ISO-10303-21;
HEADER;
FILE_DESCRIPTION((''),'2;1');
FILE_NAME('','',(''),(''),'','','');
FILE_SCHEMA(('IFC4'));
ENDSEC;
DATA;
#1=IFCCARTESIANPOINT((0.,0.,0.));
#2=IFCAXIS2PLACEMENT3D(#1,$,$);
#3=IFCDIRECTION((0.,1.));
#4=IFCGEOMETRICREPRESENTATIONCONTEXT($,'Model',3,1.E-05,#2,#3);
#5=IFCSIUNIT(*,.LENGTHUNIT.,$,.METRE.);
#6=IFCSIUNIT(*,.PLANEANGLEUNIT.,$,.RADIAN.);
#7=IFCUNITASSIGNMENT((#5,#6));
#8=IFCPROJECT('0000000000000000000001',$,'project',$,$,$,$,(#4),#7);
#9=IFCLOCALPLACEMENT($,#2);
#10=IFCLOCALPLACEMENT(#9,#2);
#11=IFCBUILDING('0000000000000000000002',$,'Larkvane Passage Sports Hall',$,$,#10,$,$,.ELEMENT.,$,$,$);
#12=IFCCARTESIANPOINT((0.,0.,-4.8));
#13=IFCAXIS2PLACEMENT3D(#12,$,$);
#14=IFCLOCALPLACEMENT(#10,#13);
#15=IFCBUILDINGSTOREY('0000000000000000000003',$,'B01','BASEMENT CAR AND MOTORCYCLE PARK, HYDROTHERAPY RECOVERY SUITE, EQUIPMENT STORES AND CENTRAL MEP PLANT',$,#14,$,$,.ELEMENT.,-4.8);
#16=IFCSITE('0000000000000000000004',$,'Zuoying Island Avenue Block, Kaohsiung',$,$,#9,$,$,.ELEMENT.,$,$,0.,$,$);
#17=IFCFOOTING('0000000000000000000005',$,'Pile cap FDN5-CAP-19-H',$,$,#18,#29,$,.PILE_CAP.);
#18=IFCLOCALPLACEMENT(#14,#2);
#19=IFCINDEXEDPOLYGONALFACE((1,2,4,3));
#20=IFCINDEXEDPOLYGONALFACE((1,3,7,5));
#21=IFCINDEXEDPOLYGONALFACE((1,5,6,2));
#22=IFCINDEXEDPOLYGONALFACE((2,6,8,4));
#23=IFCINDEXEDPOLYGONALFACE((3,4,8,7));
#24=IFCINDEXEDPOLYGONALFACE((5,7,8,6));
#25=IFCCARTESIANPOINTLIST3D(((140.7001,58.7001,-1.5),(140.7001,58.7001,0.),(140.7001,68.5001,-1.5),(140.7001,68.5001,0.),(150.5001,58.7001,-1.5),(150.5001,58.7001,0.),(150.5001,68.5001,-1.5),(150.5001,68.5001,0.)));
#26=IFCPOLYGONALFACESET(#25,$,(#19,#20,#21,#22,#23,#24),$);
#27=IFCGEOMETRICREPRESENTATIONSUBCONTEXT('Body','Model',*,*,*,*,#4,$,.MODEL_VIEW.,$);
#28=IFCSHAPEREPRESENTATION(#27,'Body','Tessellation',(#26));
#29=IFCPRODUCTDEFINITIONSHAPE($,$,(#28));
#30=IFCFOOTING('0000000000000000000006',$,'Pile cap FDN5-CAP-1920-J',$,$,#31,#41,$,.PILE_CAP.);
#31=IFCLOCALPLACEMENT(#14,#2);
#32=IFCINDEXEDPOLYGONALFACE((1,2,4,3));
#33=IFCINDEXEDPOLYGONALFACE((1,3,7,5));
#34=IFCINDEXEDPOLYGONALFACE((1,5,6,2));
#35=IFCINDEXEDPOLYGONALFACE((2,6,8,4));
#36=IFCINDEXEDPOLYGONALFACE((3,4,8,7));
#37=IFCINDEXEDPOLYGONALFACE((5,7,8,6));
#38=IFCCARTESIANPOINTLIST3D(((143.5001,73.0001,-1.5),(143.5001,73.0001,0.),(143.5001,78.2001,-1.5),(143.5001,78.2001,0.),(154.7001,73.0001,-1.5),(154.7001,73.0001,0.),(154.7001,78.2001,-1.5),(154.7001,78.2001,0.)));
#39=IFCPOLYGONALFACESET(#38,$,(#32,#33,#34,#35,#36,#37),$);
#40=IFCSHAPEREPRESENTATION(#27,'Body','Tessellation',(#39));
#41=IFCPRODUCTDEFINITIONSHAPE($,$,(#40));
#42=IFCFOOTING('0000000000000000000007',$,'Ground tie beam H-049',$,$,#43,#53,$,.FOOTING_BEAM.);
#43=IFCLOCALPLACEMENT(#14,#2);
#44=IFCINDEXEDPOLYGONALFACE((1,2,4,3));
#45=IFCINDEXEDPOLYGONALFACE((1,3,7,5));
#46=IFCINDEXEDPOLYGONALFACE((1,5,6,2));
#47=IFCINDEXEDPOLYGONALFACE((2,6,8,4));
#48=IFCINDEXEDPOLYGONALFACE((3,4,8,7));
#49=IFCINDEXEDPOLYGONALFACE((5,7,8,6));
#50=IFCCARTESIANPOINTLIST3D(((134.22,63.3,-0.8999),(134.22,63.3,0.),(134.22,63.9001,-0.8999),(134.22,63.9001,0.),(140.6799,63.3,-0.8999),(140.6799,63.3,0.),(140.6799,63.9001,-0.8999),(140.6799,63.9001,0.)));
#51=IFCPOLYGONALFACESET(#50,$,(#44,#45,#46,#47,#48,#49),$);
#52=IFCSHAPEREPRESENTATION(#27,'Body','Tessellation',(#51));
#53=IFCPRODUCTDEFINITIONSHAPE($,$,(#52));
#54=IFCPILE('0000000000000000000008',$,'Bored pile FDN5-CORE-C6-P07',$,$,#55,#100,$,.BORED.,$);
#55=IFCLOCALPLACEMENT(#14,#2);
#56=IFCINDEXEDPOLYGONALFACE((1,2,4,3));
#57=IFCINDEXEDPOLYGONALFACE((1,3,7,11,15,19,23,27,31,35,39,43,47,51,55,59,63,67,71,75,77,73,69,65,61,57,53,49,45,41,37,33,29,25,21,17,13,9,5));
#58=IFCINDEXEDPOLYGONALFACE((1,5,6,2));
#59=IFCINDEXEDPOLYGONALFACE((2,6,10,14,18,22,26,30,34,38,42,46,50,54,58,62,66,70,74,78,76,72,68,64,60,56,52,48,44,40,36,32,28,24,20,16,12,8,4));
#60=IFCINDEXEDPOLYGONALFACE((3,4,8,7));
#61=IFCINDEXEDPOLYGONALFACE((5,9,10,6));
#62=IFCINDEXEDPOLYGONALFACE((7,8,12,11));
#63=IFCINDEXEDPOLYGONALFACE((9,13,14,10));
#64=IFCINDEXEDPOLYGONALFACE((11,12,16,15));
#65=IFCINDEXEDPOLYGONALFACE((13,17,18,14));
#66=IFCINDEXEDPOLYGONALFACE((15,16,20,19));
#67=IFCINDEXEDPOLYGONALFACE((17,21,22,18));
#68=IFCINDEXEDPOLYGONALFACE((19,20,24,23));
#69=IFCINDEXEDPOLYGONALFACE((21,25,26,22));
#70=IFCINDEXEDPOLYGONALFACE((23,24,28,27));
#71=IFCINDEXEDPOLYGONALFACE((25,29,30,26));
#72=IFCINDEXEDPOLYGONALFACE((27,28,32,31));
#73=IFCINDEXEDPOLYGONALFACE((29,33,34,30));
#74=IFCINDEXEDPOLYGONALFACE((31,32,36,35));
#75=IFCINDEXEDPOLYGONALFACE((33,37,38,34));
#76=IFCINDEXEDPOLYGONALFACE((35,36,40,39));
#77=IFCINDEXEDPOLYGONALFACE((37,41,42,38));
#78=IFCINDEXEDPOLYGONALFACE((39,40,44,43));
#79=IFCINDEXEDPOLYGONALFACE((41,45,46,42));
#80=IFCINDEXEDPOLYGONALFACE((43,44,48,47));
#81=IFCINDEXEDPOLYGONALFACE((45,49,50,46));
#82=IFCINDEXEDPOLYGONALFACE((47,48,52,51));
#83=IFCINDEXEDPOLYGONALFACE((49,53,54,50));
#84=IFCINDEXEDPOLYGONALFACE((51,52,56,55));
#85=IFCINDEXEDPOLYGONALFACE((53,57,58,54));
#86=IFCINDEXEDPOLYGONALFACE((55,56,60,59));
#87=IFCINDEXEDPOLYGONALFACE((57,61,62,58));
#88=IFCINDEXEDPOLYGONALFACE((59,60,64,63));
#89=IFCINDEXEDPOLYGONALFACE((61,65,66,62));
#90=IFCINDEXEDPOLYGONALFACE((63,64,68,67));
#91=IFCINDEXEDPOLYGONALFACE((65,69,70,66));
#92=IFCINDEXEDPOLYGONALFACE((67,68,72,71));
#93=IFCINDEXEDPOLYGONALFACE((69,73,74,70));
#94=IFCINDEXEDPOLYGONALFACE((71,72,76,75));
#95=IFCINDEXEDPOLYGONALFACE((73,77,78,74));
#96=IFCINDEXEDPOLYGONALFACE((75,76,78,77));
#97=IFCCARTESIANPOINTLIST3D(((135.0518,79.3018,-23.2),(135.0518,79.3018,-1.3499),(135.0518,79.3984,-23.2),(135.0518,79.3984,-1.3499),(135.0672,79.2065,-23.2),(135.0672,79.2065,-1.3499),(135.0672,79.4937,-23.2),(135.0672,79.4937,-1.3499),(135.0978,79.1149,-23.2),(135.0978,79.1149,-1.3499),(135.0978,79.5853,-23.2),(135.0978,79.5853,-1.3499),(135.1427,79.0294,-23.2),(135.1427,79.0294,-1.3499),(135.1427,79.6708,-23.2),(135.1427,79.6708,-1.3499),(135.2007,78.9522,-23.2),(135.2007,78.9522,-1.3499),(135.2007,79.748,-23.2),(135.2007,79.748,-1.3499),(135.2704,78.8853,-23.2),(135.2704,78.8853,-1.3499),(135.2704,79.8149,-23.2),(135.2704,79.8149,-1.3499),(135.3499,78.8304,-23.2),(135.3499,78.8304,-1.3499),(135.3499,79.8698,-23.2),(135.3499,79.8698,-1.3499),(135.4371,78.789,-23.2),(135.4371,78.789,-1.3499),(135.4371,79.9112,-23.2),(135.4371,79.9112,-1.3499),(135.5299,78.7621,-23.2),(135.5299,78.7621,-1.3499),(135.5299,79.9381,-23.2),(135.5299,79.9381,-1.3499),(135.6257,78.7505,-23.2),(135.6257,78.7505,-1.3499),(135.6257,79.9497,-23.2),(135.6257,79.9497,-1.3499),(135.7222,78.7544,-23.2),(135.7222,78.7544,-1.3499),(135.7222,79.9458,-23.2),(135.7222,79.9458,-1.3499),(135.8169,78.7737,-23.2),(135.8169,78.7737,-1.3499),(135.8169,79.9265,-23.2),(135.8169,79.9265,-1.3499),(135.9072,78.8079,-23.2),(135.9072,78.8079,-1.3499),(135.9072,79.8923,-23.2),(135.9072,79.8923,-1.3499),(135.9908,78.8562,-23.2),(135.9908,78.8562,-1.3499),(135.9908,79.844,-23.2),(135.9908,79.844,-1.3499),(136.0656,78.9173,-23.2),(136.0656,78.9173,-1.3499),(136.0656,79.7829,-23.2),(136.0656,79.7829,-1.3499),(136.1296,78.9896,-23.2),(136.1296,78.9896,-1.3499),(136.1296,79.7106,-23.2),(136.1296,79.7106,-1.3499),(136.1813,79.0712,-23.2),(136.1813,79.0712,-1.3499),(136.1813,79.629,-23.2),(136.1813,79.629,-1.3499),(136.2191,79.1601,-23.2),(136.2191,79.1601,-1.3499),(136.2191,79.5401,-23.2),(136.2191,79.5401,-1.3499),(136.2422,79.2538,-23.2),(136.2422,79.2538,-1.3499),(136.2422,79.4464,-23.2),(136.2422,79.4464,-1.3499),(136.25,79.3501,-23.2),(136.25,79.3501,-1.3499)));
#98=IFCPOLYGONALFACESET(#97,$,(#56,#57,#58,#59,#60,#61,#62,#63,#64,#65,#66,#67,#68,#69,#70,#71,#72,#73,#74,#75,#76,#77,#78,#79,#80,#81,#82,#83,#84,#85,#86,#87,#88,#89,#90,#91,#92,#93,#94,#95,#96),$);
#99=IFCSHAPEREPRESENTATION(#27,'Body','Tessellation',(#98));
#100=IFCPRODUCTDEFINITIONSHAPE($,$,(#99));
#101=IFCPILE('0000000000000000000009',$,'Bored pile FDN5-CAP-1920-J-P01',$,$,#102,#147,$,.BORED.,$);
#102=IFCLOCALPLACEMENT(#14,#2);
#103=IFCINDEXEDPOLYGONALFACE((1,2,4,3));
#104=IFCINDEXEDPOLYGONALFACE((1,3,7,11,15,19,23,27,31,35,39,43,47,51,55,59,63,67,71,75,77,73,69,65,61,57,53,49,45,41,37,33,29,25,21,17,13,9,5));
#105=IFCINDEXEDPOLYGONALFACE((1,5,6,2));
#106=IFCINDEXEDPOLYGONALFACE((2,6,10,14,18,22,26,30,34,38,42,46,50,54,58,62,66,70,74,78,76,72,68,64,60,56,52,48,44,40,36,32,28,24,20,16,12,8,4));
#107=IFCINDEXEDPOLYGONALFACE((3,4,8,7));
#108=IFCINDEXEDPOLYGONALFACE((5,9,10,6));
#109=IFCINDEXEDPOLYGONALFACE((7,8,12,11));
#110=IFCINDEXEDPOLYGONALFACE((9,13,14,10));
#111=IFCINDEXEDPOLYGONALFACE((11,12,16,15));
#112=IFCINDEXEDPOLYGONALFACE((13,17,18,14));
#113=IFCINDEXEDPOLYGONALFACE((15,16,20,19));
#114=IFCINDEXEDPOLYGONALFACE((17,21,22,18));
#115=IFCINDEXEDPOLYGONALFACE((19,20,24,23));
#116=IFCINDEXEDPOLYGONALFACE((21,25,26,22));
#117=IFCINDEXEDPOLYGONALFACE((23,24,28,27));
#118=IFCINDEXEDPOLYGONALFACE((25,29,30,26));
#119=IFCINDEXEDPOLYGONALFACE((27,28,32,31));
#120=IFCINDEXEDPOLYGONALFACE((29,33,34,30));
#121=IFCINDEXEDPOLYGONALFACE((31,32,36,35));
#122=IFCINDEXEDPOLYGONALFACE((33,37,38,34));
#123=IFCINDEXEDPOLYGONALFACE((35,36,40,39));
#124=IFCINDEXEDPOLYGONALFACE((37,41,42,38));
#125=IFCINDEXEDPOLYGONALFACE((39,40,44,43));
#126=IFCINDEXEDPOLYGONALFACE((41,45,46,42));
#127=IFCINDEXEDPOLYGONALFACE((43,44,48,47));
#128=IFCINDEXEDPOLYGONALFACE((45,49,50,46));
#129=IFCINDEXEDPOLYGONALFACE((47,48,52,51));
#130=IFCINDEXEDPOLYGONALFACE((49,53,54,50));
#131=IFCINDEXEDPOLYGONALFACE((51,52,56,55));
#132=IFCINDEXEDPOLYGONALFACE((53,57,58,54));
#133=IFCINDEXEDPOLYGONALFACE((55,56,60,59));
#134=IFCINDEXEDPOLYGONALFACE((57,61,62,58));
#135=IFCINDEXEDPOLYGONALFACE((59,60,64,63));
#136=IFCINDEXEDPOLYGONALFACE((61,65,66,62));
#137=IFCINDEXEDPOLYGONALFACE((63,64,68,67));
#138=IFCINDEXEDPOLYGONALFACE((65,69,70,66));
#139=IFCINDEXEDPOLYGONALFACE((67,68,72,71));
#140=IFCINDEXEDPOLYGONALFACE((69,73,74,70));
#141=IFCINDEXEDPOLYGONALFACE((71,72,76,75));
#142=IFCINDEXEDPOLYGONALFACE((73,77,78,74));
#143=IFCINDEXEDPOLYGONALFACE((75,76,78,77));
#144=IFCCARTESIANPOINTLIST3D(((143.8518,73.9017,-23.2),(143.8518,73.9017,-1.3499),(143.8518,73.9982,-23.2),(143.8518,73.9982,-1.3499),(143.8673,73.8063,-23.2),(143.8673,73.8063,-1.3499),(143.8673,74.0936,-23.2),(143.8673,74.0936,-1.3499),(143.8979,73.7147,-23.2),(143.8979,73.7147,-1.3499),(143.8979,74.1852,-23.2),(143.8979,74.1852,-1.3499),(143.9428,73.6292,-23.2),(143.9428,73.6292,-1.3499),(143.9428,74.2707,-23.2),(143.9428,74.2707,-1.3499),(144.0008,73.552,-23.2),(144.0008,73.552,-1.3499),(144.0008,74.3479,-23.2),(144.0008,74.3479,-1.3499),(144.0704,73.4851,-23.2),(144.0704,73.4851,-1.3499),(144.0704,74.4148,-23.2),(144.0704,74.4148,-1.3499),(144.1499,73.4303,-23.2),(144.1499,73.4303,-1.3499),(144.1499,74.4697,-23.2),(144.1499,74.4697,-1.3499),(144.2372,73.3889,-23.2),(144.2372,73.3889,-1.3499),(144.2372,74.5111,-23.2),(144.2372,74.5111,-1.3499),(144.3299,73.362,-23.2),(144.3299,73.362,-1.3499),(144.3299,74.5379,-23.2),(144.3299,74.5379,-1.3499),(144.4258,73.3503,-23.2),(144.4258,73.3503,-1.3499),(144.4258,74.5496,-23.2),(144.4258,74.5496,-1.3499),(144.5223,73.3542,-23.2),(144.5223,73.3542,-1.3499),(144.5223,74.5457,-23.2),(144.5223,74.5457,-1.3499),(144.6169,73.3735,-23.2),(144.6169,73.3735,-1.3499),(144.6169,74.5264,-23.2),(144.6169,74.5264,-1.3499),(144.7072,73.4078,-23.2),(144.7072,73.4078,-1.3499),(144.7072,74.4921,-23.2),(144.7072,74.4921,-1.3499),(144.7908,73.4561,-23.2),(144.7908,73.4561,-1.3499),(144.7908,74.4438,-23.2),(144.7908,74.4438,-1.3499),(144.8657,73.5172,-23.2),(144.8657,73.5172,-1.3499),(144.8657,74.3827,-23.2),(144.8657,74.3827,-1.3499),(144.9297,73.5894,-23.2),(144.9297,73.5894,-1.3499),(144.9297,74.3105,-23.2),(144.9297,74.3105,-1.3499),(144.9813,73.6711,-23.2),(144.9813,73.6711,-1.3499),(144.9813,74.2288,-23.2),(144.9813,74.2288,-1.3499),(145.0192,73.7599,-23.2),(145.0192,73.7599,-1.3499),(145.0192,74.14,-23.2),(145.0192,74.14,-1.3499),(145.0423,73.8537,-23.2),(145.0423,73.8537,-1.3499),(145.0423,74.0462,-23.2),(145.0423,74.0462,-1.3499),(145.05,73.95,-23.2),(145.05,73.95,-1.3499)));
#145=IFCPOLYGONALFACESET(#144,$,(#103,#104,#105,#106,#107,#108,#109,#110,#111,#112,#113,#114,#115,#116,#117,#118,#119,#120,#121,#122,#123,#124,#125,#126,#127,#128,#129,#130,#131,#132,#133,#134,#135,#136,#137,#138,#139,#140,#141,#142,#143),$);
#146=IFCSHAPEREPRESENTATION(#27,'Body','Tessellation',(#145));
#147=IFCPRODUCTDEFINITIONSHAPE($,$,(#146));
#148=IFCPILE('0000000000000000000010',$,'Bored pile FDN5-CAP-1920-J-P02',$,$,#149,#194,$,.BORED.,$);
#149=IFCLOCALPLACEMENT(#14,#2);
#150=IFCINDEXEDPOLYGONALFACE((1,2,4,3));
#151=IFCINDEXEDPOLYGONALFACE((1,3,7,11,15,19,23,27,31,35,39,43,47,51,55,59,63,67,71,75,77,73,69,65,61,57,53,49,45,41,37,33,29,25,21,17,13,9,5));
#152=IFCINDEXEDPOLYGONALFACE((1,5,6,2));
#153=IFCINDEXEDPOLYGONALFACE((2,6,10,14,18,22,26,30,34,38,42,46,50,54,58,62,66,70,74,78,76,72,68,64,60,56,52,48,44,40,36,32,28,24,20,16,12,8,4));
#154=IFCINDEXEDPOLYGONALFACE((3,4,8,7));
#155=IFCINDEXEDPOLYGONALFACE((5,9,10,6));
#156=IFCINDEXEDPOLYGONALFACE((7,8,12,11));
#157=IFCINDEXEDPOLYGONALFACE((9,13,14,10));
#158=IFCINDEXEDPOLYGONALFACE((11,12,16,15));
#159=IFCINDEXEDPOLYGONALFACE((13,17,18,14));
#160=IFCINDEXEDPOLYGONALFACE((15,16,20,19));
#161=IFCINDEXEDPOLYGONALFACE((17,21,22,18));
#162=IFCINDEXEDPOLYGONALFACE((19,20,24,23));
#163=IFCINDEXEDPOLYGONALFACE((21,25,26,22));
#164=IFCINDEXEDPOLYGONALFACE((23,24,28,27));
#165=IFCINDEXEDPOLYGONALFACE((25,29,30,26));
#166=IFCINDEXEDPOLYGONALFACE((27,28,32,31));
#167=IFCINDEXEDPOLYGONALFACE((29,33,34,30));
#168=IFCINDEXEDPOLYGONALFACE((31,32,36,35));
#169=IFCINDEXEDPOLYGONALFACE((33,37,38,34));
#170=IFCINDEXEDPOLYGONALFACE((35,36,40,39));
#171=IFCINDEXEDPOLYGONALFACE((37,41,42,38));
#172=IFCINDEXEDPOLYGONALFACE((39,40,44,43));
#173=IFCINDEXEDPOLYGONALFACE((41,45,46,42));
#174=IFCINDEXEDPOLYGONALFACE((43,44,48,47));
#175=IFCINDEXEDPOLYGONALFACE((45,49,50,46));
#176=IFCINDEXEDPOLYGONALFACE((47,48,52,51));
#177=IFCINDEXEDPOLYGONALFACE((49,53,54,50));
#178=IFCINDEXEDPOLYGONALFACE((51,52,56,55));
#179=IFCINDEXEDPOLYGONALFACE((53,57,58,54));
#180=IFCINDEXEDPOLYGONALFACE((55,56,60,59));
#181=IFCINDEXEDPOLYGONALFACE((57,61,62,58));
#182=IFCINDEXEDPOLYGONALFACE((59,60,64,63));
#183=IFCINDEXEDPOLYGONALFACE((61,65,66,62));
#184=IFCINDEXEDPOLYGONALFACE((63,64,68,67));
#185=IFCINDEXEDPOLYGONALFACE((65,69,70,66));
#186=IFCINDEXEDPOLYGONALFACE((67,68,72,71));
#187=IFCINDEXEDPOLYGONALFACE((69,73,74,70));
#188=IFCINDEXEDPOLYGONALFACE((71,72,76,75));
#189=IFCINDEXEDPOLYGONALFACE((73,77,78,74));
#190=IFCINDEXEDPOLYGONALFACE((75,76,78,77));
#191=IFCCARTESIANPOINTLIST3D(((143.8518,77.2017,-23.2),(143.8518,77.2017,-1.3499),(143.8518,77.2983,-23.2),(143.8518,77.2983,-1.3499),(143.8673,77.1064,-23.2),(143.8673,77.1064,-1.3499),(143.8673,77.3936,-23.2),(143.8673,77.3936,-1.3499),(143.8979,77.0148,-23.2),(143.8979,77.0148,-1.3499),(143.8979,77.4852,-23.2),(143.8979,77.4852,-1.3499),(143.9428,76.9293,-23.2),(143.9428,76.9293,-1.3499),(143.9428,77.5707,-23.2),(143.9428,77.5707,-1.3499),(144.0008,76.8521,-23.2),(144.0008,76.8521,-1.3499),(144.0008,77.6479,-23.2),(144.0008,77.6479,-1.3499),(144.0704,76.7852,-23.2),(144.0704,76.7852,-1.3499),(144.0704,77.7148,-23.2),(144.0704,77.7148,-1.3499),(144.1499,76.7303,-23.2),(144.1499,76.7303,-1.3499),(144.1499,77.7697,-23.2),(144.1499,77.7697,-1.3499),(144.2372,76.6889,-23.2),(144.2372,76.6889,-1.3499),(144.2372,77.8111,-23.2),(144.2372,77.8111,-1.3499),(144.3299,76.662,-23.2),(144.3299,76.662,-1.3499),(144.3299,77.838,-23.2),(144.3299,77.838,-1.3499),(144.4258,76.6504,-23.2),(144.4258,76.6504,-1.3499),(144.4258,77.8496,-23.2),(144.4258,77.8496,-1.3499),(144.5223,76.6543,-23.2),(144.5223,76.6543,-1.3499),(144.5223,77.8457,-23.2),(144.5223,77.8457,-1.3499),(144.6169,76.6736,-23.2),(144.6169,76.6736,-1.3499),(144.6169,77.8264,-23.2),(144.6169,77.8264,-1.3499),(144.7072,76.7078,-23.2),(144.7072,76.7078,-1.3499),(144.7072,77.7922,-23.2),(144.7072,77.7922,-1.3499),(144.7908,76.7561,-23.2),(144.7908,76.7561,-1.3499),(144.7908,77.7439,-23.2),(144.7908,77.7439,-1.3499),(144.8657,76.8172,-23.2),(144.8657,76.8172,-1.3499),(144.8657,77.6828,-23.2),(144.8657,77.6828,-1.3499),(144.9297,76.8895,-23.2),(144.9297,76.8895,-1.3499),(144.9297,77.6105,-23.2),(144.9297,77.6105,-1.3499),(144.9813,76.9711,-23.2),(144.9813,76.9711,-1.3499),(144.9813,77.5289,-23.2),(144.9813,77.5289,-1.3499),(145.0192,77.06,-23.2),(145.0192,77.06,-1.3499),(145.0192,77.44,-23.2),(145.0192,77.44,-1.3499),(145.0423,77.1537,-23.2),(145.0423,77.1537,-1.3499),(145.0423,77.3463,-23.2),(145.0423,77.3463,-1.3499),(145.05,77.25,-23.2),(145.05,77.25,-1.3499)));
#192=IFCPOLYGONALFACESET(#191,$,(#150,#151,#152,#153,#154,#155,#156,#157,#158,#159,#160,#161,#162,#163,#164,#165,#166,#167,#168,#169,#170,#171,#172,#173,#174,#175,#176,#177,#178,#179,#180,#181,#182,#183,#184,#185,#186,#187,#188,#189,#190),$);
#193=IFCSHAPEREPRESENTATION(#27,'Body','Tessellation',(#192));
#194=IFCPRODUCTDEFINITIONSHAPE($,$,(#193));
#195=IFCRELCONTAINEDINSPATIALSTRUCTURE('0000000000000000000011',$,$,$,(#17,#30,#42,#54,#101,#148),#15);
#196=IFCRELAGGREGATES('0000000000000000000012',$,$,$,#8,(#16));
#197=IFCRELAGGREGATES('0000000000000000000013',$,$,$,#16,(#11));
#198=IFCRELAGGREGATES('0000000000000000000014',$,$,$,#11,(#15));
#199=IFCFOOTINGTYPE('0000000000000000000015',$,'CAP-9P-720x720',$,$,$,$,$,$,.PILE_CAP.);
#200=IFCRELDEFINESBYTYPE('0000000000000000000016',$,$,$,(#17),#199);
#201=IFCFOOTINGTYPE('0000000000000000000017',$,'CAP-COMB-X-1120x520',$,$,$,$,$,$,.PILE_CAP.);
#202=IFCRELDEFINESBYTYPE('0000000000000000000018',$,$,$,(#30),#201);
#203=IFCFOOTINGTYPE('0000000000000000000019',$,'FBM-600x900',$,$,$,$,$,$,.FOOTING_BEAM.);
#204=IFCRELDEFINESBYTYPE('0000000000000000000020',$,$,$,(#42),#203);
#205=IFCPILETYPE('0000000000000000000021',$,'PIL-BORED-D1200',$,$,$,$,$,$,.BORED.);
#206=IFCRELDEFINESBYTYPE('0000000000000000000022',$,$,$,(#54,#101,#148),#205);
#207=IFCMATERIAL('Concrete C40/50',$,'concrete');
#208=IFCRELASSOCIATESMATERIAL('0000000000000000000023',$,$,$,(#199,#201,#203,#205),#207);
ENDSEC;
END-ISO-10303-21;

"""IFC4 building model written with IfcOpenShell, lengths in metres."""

from ifc_helpers import new_model, si_unit, direction, frame, origin, origin_2d, place, context, subcontext, project, spatial, rectangle, circle, extrude, material, material_profile, profile_set, type_object, element, save


model = new_model("IFC4")

# Units and contexts
model_context = context("Model", 3, precision=1e-05, world=origin(), true_north=direction((0.0, 1.0)))
body_context = subcontext(model_context, "Body", "Model", "MODEL_VIEW")
ifc_project = project(units=[si_unit("LENGTHUNIT", "METRE"), si_unit("PLANEANGLEUNIT", "RADIAN")], contexts=[model_context])

# Site, building, storey
site_placement = place(None, origin())
site = spatial("IfcSite", under=ifc_project, at=site_placement, Name="Zuoying Island Avenue Block, Kaohsiung", CompositionType="ELEMENT", RefElevation=0.0)
building_placement = place(site_placement, origin())
building = spatial("IfcBuilding", under=site, at=building_placement, Name="Larkvane Passage Sports Hall", CompositionType="ELEMENT")
storey_placement = place(building_placement, frame((0.0, 0.0, -4.8)))
storey = spatial("IfcBuildingStorey", under=building, at=storey_placement, Name="B01", Description="BASEMENT CAR AND MOTORCYCLE PARK, HYDROTHERAPY RECOVERY SUITE, EQUIPMENT STORES AND CENTRAL MEP PLANT", CompositionType="ELEMENT", Elevation=-4.8)

# Footings
ifc_material_1 = material(Name="Concrete C40/50", Category="concrete")
footing_type_1 = type_object("IfcFootingType", Name="CAP-9P-720x720", PredefinedType="PILE_CAP", material=ifc_material_1)
footing_1_placement = place(storey_placement, frame((145.6001, 63.6001, -1.5), z_axis=(0.0, 0.0, 1.0), x_axis=(1.0, 0.0, 0.0)))
element("IfcFooting", 1, at=footing_1_placement, inside=storey, type_object=footing_type_1, Name="Pile cap FDN5-CAP-19-H", PredefinedType="PILE_CAP", context=body_context, shape_type="SweptSolid", body=[
    extrude(rectangle(XDim=9.8, YDim=9.8, at=origin_2d()), origin(), (0.0, 0.0, 1.0), 1.5),
])
footing_type_2 = type_object("IfcFootingType", Name="CAP-COMB-X-1120x520", PredefinedType="PILE_CAP", material=ifc_material_1)
footing_2_placement = place(storey_placement, frame((149.1001, 75.6001, -1.5), z_axis=(0.0, 0.0, 1.0), x_axis=(1.0, 0.0, 0.0)))
element("IfcFooting", 2, at=footing_2_placement, inside=storey, type_object=footing_type_2, Name="Pile cap FDN5-CAP-1920-J", PredefinedType="PILE_CAP", context=body_context, shape_type="SweptSolid", body=[
    extrude(rectangle(XDim=11.2, YDim=5.2, at=origin_2d()), origin(), (0.0, 0.0, 1.0), 1.5),
])
footing_type_3 = type_object("IfcFootingType", Name="FBM-600x900", PredefinedType="FOOTING_BEAM", material=ifc_material_1)
footing_3_placement = place(storey_placement, frame((137.45, 63.6001, -0.8999), z_axis=(0.0, 0.0, 1.0), x_axis=(1.0, 0.0, 0.0)))
element("IfcFooting", 3, at=footing_3_placement, inside=storey, type_object=footing_type_3, Name="Ground tie beam H-049", PredefinedType="FOOTING_BEAM", context=body_context, shape_type="SweptSolid", body=[
    extrude(rectangle(XDim=6.46, YDim=0.6001, at=origin_2d()), origin(), (0.0, 0.0, 1.0), 0.8999),
])

# Piles
ifc_material_profile_1 = material_profile(ifc_material_1, circle(Radius=0.6001, at=origin_2d()), Name="PILE-D1200")
ifc_profile_set_1 = profile_set([ifc_material_profile_1], Name="Concrete C40/50")
pile_type_1 = type_object("IfcPileType", Name="PIL-BORED-D1200", PredefinedType="BORED", material=ifc_profile_set_1)
for number, where, z_axis, x_axis, name in (
    (4, (135.6499, 79.3501, -1.3499), (0.0, 0.0, -1.0), (1.0, 0.0, 0.0), "Bored pile FDN5-CORE-C6-P07"),
    (5, (144.45, 73.95, -1.3499), (0.0, 0.0, -1.0), (1.0, 0.0, 0.0), "Bored pile FDN5-CAP-1920-J-P01"),
    (6, (144.45, 77.25, -1.3499), (0.0, 0.0, -1.0), (1.0, 0.0, 0.0), "Bored pile FDN5-CAP-1920-J-P02"),
):
    element("IfcPile", number, at=place(storey_placement, frame(where, z_axis=z_axis, x_axis=x_axis)), inside=storey, type_object=pile_type_1, Name=name, PredefinedType="BORED", context=body_context, shape_type="SweptSolid", body=[
        extrude(circle(Radius=0.6001, at=origin_2d()), origin(), (0.0, 0.0, 1.0), 21.8501),
    ])

save(model, "model.ifc")
